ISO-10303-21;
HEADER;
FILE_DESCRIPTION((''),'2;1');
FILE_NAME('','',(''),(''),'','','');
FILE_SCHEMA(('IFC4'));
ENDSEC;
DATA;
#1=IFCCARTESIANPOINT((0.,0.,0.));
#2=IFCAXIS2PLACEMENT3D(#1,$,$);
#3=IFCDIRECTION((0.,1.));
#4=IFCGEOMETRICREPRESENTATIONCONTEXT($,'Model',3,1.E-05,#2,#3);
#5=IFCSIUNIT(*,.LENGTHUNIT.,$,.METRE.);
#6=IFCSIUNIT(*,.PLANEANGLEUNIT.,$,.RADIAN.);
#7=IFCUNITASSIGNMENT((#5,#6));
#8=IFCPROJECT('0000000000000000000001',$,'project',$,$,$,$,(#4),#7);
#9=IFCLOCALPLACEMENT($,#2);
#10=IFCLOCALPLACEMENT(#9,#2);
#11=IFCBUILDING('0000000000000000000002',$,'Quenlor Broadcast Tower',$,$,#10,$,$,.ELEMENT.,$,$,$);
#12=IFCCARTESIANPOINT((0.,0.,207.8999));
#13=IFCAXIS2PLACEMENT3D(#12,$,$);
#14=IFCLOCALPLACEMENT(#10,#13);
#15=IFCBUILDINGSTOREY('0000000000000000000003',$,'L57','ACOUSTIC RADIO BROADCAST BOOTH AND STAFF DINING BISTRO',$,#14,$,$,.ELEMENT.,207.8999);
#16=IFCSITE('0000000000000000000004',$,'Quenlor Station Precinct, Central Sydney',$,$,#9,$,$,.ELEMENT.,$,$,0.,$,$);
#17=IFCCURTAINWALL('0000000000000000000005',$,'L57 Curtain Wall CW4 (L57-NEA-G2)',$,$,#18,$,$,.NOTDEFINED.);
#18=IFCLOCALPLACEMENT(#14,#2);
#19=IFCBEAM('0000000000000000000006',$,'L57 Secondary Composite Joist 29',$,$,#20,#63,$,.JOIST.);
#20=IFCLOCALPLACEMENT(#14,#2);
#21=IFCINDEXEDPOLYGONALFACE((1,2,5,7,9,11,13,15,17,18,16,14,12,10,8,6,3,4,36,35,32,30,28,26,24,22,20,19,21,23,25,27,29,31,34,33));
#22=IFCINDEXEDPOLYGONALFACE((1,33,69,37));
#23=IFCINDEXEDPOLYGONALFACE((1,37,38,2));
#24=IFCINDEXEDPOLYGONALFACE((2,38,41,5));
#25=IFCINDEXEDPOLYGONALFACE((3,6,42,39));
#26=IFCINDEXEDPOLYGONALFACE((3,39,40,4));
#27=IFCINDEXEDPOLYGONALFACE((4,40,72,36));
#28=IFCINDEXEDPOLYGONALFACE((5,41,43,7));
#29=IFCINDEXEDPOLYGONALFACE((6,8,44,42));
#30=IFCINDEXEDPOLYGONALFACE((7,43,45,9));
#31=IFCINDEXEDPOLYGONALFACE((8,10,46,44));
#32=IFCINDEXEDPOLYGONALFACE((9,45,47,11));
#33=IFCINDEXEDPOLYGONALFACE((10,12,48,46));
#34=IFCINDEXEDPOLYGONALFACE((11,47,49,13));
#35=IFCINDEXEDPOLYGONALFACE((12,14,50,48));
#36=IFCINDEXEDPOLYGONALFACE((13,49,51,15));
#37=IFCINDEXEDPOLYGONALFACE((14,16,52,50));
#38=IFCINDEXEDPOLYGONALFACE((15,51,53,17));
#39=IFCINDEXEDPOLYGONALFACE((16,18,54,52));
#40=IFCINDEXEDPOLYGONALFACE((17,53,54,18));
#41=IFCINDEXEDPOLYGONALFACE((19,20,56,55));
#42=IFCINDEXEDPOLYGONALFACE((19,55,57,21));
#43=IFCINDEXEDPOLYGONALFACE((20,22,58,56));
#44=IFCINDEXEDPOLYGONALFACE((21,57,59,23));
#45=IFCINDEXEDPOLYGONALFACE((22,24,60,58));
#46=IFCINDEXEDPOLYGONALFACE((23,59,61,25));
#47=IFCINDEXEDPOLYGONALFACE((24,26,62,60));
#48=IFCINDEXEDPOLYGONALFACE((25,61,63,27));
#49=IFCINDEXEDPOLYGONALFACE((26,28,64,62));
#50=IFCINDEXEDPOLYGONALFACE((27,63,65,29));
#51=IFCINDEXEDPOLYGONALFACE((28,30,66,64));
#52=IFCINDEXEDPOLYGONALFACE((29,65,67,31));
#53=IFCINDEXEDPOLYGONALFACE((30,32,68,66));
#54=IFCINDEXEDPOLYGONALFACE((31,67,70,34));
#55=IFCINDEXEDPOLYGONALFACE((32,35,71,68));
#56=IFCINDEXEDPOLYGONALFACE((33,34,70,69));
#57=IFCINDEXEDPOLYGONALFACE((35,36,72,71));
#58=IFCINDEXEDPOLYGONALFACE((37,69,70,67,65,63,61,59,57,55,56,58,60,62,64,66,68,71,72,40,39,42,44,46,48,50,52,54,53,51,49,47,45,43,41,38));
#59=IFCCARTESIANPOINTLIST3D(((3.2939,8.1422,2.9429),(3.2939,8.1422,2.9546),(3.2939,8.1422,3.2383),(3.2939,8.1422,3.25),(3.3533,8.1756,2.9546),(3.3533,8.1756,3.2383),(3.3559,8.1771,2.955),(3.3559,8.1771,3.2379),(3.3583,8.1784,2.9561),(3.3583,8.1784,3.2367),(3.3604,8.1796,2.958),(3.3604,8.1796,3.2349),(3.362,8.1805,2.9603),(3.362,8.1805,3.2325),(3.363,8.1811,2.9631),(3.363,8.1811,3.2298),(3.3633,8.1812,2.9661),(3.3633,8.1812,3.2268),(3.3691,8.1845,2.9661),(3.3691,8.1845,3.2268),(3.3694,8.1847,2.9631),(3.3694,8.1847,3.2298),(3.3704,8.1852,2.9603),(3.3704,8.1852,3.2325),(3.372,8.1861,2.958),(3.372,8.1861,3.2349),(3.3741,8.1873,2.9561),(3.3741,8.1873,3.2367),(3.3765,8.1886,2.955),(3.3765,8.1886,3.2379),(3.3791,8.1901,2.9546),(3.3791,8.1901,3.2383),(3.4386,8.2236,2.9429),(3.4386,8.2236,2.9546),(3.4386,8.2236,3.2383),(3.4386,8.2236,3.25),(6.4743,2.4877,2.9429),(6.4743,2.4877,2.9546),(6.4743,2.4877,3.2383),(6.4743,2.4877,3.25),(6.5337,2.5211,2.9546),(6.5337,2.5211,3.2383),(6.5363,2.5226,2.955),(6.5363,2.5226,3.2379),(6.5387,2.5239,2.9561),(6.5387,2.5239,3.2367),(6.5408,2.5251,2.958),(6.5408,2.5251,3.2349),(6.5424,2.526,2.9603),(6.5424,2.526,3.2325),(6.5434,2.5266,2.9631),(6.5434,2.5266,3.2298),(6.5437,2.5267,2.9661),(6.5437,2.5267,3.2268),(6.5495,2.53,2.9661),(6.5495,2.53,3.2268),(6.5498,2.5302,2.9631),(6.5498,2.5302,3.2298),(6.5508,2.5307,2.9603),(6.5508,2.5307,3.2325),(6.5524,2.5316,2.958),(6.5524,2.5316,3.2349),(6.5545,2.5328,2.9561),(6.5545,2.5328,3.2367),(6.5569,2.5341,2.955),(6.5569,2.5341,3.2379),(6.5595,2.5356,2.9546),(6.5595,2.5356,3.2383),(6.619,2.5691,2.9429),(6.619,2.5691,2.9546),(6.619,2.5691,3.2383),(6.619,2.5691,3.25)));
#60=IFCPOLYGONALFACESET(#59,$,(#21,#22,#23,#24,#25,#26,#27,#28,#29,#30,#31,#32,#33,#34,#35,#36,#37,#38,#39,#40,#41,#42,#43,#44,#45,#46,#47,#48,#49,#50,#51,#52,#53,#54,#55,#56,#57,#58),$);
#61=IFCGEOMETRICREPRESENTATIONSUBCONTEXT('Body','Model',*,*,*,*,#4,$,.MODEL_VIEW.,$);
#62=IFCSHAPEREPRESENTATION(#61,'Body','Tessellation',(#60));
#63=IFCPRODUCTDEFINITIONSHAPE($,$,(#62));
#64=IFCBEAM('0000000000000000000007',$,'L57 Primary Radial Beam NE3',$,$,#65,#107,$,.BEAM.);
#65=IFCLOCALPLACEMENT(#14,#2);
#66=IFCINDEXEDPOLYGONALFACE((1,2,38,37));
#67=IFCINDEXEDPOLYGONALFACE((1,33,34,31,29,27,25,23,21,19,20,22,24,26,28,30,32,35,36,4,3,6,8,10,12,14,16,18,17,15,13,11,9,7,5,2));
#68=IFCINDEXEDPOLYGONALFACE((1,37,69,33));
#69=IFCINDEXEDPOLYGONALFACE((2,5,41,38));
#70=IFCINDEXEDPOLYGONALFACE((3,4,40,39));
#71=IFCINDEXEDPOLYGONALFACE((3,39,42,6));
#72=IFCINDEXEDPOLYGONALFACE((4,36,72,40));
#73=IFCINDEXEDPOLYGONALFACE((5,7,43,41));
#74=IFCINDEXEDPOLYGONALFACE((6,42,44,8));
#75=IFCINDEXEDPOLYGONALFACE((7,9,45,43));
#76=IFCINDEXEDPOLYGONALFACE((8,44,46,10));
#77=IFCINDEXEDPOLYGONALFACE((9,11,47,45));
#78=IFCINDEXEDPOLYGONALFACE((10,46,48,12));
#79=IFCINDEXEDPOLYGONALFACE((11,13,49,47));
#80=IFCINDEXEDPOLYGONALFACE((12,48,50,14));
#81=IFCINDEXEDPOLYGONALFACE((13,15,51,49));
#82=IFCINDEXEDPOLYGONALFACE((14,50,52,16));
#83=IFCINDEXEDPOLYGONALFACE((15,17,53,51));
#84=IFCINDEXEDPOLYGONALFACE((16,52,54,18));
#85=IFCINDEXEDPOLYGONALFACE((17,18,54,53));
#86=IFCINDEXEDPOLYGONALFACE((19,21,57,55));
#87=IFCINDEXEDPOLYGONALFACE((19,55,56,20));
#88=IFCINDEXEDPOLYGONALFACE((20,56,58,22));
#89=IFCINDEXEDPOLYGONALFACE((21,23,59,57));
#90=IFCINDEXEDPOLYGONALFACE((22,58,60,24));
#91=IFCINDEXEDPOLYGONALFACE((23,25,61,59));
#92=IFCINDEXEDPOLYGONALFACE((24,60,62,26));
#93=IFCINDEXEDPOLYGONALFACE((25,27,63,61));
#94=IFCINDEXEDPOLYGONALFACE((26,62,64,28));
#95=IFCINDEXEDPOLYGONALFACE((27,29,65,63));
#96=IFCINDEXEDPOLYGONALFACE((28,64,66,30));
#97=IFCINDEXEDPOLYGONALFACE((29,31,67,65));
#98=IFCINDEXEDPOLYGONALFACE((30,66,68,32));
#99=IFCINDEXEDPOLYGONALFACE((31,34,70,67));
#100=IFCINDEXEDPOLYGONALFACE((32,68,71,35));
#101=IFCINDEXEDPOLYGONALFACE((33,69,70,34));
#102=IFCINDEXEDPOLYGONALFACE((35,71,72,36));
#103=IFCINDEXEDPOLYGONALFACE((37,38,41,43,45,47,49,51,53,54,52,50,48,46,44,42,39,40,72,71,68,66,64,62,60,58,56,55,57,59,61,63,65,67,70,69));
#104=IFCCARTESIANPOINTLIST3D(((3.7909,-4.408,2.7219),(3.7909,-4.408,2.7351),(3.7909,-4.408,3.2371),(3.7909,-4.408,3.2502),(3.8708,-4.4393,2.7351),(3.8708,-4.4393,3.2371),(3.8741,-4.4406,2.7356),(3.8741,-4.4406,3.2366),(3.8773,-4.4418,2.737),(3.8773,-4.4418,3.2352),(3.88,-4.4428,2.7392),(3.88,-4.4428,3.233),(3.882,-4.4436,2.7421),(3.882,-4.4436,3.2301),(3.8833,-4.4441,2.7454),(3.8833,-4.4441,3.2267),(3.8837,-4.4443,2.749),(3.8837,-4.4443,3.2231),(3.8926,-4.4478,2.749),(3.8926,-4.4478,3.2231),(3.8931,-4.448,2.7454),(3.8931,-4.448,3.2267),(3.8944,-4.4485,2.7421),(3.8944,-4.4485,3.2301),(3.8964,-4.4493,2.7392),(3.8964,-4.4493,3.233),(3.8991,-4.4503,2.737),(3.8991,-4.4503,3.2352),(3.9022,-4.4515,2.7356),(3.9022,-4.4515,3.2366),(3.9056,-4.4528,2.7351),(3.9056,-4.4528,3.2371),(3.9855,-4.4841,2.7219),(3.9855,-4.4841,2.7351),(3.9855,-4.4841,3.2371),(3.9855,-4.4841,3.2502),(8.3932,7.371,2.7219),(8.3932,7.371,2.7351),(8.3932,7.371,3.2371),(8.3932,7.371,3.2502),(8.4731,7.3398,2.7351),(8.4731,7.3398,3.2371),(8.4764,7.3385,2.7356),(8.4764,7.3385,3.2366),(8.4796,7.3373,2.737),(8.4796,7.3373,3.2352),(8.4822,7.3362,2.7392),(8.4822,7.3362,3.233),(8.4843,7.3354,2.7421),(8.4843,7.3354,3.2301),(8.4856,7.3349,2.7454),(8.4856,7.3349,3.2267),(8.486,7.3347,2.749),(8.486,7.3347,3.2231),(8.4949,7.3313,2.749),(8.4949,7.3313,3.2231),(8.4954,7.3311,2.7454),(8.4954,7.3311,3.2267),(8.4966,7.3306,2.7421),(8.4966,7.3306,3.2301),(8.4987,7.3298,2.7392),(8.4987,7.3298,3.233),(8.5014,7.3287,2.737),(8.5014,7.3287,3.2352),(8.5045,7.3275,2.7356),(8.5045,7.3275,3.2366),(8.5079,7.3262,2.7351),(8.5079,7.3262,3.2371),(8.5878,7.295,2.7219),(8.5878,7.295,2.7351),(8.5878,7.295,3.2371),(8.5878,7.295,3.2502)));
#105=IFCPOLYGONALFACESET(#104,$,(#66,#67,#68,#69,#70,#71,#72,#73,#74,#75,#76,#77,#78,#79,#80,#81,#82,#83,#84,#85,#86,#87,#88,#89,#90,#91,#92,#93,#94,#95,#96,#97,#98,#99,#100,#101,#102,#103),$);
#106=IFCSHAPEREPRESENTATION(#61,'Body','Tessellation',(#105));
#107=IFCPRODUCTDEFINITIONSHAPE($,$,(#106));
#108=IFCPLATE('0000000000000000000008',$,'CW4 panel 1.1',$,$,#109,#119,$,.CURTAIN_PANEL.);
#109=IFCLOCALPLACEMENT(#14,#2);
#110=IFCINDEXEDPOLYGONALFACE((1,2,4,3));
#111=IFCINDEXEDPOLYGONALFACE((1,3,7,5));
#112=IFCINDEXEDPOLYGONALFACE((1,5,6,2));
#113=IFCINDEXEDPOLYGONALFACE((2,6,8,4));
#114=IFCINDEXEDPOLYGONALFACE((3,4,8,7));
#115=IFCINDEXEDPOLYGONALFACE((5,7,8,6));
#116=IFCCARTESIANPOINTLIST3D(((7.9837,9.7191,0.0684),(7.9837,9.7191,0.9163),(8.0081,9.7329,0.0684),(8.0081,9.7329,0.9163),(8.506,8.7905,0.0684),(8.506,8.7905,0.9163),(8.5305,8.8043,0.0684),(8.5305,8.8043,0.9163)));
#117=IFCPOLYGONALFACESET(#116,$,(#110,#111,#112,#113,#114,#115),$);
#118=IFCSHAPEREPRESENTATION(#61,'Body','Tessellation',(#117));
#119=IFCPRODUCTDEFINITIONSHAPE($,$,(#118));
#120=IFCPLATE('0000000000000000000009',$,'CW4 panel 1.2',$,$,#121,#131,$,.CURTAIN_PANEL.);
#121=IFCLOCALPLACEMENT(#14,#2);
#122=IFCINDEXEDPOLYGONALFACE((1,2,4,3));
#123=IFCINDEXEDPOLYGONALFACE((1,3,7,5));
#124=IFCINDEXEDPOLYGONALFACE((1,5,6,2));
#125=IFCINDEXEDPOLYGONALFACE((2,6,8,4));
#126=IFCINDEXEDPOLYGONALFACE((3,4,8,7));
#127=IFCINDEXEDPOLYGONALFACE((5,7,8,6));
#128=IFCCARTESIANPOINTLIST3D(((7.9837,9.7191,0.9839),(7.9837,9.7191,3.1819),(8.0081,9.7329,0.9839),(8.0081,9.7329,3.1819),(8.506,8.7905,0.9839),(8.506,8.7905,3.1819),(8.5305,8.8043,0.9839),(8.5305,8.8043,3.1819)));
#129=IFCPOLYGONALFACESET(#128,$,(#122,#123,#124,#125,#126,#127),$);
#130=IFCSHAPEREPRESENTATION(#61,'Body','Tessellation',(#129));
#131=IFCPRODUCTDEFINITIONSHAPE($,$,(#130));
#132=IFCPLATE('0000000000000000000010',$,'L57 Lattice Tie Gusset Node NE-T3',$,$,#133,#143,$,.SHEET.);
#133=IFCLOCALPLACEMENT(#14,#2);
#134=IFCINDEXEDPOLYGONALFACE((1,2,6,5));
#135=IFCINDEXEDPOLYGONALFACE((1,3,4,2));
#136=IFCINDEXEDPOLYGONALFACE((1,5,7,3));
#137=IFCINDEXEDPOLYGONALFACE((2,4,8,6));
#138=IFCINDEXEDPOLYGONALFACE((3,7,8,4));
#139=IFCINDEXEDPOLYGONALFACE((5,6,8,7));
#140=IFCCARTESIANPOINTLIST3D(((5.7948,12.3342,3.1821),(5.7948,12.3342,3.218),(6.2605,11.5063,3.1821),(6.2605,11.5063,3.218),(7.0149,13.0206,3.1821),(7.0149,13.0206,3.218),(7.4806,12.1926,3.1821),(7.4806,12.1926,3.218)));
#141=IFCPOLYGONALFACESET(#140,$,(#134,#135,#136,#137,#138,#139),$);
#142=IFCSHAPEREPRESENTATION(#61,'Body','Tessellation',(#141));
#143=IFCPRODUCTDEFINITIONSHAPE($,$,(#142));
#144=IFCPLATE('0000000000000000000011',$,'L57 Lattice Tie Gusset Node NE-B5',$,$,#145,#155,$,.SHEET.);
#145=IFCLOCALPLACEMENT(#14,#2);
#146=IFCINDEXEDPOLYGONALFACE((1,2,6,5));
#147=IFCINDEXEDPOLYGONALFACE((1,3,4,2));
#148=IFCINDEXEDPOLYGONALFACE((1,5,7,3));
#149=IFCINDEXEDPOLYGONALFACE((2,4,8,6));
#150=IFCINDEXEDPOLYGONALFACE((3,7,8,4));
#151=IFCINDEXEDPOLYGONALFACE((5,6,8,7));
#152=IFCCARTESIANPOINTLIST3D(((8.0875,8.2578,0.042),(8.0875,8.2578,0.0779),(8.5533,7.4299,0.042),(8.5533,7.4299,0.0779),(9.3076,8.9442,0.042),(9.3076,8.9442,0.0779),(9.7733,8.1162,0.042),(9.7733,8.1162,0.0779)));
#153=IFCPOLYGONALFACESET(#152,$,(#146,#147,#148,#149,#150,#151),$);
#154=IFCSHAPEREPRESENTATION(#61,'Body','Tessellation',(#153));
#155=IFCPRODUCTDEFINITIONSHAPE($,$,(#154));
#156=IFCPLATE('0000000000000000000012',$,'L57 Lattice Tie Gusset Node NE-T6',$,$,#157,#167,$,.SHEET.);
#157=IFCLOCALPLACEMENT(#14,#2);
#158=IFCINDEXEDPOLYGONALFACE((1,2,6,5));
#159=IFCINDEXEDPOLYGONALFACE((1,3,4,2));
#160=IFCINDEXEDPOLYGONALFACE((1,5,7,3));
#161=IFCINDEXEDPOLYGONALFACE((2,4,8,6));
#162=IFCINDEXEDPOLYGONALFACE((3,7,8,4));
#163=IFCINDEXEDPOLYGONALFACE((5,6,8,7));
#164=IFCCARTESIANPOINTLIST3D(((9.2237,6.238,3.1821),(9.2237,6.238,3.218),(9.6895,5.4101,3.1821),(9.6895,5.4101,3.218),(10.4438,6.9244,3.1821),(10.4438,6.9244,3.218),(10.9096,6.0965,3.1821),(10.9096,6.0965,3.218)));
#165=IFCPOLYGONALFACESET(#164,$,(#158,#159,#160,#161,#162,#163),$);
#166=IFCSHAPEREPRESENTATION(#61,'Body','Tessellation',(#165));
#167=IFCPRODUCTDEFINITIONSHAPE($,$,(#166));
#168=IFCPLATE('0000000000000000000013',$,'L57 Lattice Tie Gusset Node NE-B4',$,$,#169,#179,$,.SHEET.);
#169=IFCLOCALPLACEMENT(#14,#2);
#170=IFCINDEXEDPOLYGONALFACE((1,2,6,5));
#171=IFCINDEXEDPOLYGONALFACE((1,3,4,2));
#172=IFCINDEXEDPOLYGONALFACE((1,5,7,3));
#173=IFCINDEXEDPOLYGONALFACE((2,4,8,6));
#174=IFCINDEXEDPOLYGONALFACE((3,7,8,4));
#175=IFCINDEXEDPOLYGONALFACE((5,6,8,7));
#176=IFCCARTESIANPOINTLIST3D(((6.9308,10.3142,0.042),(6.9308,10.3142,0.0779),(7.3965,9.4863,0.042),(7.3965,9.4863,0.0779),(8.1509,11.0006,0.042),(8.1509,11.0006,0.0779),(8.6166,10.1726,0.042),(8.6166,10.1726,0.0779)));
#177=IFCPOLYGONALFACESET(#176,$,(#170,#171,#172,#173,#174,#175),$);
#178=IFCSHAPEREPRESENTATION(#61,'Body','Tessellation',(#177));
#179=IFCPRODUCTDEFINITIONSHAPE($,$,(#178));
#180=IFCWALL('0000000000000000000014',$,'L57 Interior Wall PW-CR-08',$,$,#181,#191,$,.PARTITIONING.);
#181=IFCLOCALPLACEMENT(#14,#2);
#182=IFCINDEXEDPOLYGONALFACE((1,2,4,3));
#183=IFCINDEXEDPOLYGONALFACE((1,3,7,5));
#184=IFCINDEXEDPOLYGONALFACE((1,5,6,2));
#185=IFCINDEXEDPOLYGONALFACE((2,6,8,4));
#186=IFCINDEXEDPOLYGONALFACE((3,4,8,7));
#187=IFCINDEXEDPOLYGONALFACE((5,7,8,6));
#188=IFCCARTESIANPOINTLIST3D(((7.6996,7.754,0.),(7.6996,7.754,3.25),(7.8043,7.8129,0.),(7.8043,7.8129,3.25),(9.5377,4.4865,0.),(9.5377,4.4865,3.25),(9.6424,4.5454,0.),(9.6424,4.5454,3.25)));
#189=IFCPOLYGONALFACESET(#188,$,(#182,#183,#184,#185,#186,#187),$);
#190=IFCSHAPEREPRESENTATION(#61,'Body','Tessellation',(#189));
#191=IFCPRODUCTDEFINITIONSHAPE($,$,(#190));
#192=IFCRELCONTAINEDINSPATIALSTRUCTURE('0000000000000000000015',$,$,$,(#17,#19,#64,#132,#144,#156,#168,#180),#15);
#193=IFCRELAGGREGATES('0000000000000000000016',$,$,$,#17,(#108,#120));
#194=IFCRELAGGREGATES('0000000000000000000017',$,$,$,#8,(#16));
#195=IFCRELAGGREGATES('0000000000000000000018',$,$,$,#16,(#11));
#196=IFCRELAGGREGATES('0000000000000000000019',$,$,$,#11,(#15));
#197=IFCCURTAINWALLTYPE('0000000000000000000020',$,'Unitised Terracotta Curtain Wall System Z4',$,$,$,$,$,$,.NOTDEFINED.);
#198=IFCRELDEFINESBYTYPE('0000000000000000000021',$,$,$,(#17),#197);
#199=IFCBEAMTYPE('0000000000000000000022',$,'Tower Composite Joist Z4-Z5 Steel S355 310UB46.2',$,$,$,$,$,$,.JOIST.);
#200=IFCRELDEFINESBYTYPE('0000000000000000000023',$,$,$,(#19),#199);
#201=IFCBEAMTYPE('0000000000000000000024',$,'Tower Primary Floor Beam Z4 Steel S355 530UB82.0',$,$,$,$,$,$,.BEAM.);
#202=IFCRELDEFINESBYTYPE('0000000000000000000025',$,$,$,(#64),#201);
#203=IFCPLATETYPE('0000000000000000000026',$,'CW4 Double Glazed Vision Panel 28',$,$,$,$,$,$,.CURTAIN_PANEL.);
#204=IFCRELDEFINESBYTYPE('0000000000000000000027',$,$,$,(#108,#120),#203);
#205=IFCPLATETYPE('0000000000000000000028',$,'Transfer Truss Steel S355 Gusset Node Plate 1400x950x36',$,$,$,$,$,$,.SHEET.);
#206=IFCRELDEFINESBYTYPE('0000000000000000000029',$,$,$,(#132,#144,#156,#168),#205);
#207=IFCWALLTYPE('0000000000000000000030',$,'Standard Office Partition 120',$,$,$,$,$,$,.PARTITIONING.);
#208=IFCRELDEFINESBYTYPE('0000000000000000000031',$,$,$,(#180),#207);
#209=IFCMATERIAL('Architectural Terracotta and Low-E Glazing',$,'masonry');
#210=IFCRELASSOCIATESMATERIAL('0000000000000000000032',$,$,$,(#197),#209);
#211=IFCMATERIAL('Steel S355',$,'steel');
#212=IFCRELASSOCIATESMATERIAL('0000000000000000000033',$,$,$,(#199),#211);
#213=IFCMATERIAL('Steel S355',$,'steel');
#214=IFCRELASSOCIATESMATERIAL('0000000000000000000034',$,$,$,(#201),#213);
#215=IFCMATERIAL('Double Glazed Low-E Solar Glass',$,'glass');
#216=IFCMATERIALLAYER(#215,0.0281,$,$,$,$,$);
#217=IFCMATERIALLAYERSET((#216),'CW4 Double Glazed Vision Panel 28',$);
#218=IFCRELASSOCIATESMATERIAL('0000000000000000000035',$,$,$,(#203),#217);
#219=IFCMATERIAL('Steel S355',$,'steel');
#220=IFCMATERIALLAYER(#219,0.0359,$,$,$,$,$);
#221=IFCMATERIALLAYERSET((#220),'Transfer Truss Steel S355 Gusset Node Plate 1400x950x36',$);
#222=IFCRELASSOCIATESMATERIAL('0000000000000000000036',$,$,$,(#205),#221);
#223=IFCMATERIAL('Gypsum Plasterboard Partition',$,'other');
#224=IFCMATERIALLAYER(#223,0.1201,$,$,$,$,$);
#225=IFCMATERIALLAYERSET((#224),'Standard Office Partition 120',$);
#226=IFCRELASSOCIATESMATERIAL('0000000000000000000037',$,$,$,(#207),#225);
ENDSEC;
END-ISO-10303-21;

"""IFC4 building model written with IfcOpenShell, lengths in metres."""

from ifc_helpers import new_model, si_unit, direction, frame, frame_2d, origin, origin_2d, place, context, subcontext, project, spatial, rectangle, i_section, extrude, material, layer, layer_set, material_profile, profile_set, type_object, element, aggregate, save


model = new_model("IFC4")

# Units and contexts
model_context = context("Model", 3, precision=1e-05, world=origin(), true_north=direction((0.0, 1.0)))
body_context = subcontext(model_context, "Body", "Model", "MODEL_VIEW")
ifc_project = project(units=[si_unit("LENGTHUNIT", "METRE"), si_unit("PLANEANGLEUNIT", "RADIAN")], contexts=[model_context])

# Site, building, storey
site_placement = place(None, origin())
site = spatial("IfcSite", under=ifc_project, at=site_placement, Name="Quenlor Station Precinct, Central Sydney", CompositionType="ELEMENT", RefElevation=0.0)
building_placement = place(site_placement, origin())
building = spatial("IfcBuilding", under=site, at=building_placement, Name="Quenlor Broadcast Tower", CompositionType="ELEMENT")
storey_placement = place(building_placement, frame((0.0, 0.0, 207.8999)))
storey = spatial("IfcBuildingStorey", under=building, at=storey_placement, Name="L57", Description="ACOUSTIC RADIO BROADCAST BOOTH AND STAFF DINING BISTRO", CompositionType="ELEMENT", Elevation=207.8999)

# Curtain wall
ifc_material_1 = material(Name="Architectural Terracotta and Low-E Glazing", Category="masonry")
curtain_wall_type = type_object("IfcCurtainWallType", Name="Unitised Terracotta Curtain Wall System Z4", PredefinedType="NOTDEFINED", material=ifc_material_1)
curtain_wall_placement = place(storey_placement, origin())
curtain_wall = element("IfcCurtainWall", 1, at=curtain_wall_placement, inside=storey, type_object=curtain_wall_type, Name="L57 Curtain Wall CW4 (L57-NEA-G2)", PredefinedType="NOTDEFINED")

# Beams
ifc_material_2 = material(Name="Steel S355", Category="steel")
ifc_material_profile_1 = material_profile(ifc_material_2, i_section(OverallWidth=0.166, OverallDepth=0.3071, WebThickness=0.0066, FlangeThickness=0.0117, FilletRadius=0.0115, at=origin_2d()))
ifc_profile_set_1 = profile_set([ifc_material_profile_1], Name="Steel S355 310UB46.2")
beam_type_1 = type_object("IfcBeamType", Name="Tower Composite Joist Z4-Z5 Steel S355 310UB46.2", PredefinedType="JOIST", material=ifc_profile_set_1)
beam_1_placement = place(storey_placement, frame((3.3662, 8.1829, 3.0964), z_axis=(0.490231, -0.871593, 0.0), x_axis=(0.871593, 0.490231, 0.0)))
element("IfcBeam", 2, at=beam_1_placement, inside=storey, type_object=beam_type_1, Name="L57 Secondary Composite Joist 29", PredefinedType="JOIST", context=body_context, shape_type="SweptSolid", body=[
    extrude(i_section(OverallWidth=0.166, OverallDepth=0.3071, WebThickness=0.0066, FlangeThickness=0.0117, FilletRadius=0.0115, at=origin_2d()), origin(), (0.0, 0.0, 1.0), 6.4875),
])
ifc_material_3 = material(Name="Steel S355", Category="steel")
ifc_material_profile_2 = material_profile(ifc_material_3, i_section(OverallWidth=0.209, OverallDepth=0.5283, WebThickness=0.0095, FlangeThickness=0.0132, FilletRadius=0.0139, at=origin_2d()))
ifc_profile_set_2 = profile_set([ifc_material_profile_2], Name="Steel S355 530UB82.0")
beam_type_2 = type_object("IfcBeamType", Name="Tower Primary Floor Beam Z4 Steel S355 530UB82.0", PredefinedType="BEAM", material=ifc_profile_set_2)
beam_2_placement = place(storey_placement, frame((8.4905, 7.333, 2.9861), z_axis=(-0.363926, -0.931428, 0.0), x_axis=(0.931428, -0.363926, 0.0)))
element("IfcBeam", 3, at=beam_2_placement, inside=storey, type_object=beam_type_2, Name="L57 Primary Radial Beam NE3", PredefinedType="BEAM", context=body_context, shape_type="SweptSolid", body=[
    extrude(i_section(OverallWidth=0.209, OverallDepth=0.5283, WebThickness=0.0095, FlangeThickness=0.0132, FilletRadius=0.0139, at=origin_2d()), origin(), (0.0, 0.0, 1.0), 12.6462),
])

# Plates
ifc_material_4 = material(Name="Double Glazed Low-E Solar Glass", Category="glass")
ifc_layer_1 = layer(ifc_material_4, 0.0281)
ifc_layer_set_1 = layer_set([ifc_layer_1], Name="CW4 Double Glazed Vision Panel 28")
plate_type_1 = type_object("IfcPlateType", Name="CW4 Double Glazed Vision Panel 28", PredefinedType="CURTAIN_PANEL", material=ifc_layer_set_1)
plate_1_placement = place(storey_placement, frame((8.2571, 9.2617, 0.0684), z_axis=(0.0, 0.0, 1.0), x_axis=(0.490293, -0.871558, 0.0)))
plate_1 = element("IfcPlate", 4, at=plate_1_placement, type_object=plate_type_1, Name="CW4 panel 1.1", PredefinedType="CURTAIN_PANEL", context=body_context, shape_type="SweptSolid", body=[
    extrude(rectangle(XDim=1.0654, YDim=0.0281, at=origin_2d()), origin(), (0.0, 0.0, 1.0), 0.8479),
])
plate_2_placement = place(storey_placement, frame((8.2571, 9.2617, 0.9839), z_axis=(0.0, 0.0, 1.0), x_axis=(0.490293, -0.871558, 0.0)))
plate_2 = element("IfcPlate", 5, at=plate_2_placement, type_object=plate_type_1, Name="CW4 panel 1.2", PredefinedType="CURTAIN_PANEL", context=body_context, shape_type="SweptSolid", body=[
    extrude(rectangle(XDim=1.0654, YDim=0.0281, at=origin_2d()), origin(), (0.0, 0.0, 1.0), 2.198),
])
aggregate(curtain_wall, [plate_1, plate_2])

# Plates
ifc_material_5 = material(Name="Steel S355", Category="steel")
ifc_layer_2 = layer(ifc_material_5, 0.0359)
ifc_layer_set_2 = layer_set([ifc_layer_2], Name="Transfer Truss Steel S355 Gusset Node Plate 1400x950x36")
plate_type_2 = type_object("IfcPlateType", Name="Transfer Truss Steel S355 Gusset Node Plate 1400x950x36", PredefinedType="SHEET", material=ifc_layer_set_2)
for number, where, z_axis, x_axis, name in (
    (6, (6.6377, 12.2634, 3.1821), (0.0, 0.0, 1.0), (0.871556, 0.490295, 0.0), "L57 Lattice Tie Gusset Node NE-T3"),
    (7, (8.9304, 8.187, 0.042), (0.0, 0.0, 1.0), (0.871556, 0.490295, 0.0), "L57 Lattice Tie Gusset Node NE-B5"),
    (8, (10.0667, 6.1672, 3.1821), (0.0, 0.0, 1.0), (0.871556, 0.490295, 0.0), "L57 Lattice Tie Gusset Node NE-T6"),
    (9, (7.7737, 10.2434, 0.042), (0.0, 0.0, 1.0), (0.871556, 0.490295, 0.0), "L57 Lattice Tie Gusset Node NE-B4"),
):
    element("IfcPlate", number, at=place(storey_placement, frame(where, z_axis=z_axis, x_axis=x_axis)), inside=storey, type_object=plate_type_2, Name=name, PredefinedType="SHEET", context=body_context, shape_type="SweptSolid", body=[
        extrude(rectangle(XDim=1.3999, YDim=0.95, at=origin_2d()), origin(), (0.0, 0.0, 1.0), 0.0359),
    ])

# Wall
ifc_material_6 = material(Name="Gypsum Plasterboard Partition", Category="other")
ifc_layer_3 = layer(ifc_material_6, 0.1201)
ifc_layer_set_3 = layer_set([ifc_layer_3], Name="Standard Office Partition 120")
wall_type_1 = type_object("IfcWallType", Name="Standard Office Partition 120", PredefinedType="PARTITIONING", material=ifc_layer_set_3)
wall_1_placement = place(storey_placement, frame((7.752, 7.7834, 0.0), z_axis=(0.0, 0.0, 1.0), x_axis=(0.490286, -0.871562, 0.0)))
element("IfcWall", 10, at=wall_1_placement, inside=storey, type_object=wall_type_1, Name="L57 Interior Wall PW-CR-08", PredefinedType="PARTITIONING", context=body_context, shape_type="SweptSolid", body=[
    extrude(rectangle(XDim=3.749, YDim=0.1201, at=frame_2d((1.8745, 0.0))), origin(), (0.0, 0.0, 1.0), 3.25),
])

save(model, "model.ifc")
